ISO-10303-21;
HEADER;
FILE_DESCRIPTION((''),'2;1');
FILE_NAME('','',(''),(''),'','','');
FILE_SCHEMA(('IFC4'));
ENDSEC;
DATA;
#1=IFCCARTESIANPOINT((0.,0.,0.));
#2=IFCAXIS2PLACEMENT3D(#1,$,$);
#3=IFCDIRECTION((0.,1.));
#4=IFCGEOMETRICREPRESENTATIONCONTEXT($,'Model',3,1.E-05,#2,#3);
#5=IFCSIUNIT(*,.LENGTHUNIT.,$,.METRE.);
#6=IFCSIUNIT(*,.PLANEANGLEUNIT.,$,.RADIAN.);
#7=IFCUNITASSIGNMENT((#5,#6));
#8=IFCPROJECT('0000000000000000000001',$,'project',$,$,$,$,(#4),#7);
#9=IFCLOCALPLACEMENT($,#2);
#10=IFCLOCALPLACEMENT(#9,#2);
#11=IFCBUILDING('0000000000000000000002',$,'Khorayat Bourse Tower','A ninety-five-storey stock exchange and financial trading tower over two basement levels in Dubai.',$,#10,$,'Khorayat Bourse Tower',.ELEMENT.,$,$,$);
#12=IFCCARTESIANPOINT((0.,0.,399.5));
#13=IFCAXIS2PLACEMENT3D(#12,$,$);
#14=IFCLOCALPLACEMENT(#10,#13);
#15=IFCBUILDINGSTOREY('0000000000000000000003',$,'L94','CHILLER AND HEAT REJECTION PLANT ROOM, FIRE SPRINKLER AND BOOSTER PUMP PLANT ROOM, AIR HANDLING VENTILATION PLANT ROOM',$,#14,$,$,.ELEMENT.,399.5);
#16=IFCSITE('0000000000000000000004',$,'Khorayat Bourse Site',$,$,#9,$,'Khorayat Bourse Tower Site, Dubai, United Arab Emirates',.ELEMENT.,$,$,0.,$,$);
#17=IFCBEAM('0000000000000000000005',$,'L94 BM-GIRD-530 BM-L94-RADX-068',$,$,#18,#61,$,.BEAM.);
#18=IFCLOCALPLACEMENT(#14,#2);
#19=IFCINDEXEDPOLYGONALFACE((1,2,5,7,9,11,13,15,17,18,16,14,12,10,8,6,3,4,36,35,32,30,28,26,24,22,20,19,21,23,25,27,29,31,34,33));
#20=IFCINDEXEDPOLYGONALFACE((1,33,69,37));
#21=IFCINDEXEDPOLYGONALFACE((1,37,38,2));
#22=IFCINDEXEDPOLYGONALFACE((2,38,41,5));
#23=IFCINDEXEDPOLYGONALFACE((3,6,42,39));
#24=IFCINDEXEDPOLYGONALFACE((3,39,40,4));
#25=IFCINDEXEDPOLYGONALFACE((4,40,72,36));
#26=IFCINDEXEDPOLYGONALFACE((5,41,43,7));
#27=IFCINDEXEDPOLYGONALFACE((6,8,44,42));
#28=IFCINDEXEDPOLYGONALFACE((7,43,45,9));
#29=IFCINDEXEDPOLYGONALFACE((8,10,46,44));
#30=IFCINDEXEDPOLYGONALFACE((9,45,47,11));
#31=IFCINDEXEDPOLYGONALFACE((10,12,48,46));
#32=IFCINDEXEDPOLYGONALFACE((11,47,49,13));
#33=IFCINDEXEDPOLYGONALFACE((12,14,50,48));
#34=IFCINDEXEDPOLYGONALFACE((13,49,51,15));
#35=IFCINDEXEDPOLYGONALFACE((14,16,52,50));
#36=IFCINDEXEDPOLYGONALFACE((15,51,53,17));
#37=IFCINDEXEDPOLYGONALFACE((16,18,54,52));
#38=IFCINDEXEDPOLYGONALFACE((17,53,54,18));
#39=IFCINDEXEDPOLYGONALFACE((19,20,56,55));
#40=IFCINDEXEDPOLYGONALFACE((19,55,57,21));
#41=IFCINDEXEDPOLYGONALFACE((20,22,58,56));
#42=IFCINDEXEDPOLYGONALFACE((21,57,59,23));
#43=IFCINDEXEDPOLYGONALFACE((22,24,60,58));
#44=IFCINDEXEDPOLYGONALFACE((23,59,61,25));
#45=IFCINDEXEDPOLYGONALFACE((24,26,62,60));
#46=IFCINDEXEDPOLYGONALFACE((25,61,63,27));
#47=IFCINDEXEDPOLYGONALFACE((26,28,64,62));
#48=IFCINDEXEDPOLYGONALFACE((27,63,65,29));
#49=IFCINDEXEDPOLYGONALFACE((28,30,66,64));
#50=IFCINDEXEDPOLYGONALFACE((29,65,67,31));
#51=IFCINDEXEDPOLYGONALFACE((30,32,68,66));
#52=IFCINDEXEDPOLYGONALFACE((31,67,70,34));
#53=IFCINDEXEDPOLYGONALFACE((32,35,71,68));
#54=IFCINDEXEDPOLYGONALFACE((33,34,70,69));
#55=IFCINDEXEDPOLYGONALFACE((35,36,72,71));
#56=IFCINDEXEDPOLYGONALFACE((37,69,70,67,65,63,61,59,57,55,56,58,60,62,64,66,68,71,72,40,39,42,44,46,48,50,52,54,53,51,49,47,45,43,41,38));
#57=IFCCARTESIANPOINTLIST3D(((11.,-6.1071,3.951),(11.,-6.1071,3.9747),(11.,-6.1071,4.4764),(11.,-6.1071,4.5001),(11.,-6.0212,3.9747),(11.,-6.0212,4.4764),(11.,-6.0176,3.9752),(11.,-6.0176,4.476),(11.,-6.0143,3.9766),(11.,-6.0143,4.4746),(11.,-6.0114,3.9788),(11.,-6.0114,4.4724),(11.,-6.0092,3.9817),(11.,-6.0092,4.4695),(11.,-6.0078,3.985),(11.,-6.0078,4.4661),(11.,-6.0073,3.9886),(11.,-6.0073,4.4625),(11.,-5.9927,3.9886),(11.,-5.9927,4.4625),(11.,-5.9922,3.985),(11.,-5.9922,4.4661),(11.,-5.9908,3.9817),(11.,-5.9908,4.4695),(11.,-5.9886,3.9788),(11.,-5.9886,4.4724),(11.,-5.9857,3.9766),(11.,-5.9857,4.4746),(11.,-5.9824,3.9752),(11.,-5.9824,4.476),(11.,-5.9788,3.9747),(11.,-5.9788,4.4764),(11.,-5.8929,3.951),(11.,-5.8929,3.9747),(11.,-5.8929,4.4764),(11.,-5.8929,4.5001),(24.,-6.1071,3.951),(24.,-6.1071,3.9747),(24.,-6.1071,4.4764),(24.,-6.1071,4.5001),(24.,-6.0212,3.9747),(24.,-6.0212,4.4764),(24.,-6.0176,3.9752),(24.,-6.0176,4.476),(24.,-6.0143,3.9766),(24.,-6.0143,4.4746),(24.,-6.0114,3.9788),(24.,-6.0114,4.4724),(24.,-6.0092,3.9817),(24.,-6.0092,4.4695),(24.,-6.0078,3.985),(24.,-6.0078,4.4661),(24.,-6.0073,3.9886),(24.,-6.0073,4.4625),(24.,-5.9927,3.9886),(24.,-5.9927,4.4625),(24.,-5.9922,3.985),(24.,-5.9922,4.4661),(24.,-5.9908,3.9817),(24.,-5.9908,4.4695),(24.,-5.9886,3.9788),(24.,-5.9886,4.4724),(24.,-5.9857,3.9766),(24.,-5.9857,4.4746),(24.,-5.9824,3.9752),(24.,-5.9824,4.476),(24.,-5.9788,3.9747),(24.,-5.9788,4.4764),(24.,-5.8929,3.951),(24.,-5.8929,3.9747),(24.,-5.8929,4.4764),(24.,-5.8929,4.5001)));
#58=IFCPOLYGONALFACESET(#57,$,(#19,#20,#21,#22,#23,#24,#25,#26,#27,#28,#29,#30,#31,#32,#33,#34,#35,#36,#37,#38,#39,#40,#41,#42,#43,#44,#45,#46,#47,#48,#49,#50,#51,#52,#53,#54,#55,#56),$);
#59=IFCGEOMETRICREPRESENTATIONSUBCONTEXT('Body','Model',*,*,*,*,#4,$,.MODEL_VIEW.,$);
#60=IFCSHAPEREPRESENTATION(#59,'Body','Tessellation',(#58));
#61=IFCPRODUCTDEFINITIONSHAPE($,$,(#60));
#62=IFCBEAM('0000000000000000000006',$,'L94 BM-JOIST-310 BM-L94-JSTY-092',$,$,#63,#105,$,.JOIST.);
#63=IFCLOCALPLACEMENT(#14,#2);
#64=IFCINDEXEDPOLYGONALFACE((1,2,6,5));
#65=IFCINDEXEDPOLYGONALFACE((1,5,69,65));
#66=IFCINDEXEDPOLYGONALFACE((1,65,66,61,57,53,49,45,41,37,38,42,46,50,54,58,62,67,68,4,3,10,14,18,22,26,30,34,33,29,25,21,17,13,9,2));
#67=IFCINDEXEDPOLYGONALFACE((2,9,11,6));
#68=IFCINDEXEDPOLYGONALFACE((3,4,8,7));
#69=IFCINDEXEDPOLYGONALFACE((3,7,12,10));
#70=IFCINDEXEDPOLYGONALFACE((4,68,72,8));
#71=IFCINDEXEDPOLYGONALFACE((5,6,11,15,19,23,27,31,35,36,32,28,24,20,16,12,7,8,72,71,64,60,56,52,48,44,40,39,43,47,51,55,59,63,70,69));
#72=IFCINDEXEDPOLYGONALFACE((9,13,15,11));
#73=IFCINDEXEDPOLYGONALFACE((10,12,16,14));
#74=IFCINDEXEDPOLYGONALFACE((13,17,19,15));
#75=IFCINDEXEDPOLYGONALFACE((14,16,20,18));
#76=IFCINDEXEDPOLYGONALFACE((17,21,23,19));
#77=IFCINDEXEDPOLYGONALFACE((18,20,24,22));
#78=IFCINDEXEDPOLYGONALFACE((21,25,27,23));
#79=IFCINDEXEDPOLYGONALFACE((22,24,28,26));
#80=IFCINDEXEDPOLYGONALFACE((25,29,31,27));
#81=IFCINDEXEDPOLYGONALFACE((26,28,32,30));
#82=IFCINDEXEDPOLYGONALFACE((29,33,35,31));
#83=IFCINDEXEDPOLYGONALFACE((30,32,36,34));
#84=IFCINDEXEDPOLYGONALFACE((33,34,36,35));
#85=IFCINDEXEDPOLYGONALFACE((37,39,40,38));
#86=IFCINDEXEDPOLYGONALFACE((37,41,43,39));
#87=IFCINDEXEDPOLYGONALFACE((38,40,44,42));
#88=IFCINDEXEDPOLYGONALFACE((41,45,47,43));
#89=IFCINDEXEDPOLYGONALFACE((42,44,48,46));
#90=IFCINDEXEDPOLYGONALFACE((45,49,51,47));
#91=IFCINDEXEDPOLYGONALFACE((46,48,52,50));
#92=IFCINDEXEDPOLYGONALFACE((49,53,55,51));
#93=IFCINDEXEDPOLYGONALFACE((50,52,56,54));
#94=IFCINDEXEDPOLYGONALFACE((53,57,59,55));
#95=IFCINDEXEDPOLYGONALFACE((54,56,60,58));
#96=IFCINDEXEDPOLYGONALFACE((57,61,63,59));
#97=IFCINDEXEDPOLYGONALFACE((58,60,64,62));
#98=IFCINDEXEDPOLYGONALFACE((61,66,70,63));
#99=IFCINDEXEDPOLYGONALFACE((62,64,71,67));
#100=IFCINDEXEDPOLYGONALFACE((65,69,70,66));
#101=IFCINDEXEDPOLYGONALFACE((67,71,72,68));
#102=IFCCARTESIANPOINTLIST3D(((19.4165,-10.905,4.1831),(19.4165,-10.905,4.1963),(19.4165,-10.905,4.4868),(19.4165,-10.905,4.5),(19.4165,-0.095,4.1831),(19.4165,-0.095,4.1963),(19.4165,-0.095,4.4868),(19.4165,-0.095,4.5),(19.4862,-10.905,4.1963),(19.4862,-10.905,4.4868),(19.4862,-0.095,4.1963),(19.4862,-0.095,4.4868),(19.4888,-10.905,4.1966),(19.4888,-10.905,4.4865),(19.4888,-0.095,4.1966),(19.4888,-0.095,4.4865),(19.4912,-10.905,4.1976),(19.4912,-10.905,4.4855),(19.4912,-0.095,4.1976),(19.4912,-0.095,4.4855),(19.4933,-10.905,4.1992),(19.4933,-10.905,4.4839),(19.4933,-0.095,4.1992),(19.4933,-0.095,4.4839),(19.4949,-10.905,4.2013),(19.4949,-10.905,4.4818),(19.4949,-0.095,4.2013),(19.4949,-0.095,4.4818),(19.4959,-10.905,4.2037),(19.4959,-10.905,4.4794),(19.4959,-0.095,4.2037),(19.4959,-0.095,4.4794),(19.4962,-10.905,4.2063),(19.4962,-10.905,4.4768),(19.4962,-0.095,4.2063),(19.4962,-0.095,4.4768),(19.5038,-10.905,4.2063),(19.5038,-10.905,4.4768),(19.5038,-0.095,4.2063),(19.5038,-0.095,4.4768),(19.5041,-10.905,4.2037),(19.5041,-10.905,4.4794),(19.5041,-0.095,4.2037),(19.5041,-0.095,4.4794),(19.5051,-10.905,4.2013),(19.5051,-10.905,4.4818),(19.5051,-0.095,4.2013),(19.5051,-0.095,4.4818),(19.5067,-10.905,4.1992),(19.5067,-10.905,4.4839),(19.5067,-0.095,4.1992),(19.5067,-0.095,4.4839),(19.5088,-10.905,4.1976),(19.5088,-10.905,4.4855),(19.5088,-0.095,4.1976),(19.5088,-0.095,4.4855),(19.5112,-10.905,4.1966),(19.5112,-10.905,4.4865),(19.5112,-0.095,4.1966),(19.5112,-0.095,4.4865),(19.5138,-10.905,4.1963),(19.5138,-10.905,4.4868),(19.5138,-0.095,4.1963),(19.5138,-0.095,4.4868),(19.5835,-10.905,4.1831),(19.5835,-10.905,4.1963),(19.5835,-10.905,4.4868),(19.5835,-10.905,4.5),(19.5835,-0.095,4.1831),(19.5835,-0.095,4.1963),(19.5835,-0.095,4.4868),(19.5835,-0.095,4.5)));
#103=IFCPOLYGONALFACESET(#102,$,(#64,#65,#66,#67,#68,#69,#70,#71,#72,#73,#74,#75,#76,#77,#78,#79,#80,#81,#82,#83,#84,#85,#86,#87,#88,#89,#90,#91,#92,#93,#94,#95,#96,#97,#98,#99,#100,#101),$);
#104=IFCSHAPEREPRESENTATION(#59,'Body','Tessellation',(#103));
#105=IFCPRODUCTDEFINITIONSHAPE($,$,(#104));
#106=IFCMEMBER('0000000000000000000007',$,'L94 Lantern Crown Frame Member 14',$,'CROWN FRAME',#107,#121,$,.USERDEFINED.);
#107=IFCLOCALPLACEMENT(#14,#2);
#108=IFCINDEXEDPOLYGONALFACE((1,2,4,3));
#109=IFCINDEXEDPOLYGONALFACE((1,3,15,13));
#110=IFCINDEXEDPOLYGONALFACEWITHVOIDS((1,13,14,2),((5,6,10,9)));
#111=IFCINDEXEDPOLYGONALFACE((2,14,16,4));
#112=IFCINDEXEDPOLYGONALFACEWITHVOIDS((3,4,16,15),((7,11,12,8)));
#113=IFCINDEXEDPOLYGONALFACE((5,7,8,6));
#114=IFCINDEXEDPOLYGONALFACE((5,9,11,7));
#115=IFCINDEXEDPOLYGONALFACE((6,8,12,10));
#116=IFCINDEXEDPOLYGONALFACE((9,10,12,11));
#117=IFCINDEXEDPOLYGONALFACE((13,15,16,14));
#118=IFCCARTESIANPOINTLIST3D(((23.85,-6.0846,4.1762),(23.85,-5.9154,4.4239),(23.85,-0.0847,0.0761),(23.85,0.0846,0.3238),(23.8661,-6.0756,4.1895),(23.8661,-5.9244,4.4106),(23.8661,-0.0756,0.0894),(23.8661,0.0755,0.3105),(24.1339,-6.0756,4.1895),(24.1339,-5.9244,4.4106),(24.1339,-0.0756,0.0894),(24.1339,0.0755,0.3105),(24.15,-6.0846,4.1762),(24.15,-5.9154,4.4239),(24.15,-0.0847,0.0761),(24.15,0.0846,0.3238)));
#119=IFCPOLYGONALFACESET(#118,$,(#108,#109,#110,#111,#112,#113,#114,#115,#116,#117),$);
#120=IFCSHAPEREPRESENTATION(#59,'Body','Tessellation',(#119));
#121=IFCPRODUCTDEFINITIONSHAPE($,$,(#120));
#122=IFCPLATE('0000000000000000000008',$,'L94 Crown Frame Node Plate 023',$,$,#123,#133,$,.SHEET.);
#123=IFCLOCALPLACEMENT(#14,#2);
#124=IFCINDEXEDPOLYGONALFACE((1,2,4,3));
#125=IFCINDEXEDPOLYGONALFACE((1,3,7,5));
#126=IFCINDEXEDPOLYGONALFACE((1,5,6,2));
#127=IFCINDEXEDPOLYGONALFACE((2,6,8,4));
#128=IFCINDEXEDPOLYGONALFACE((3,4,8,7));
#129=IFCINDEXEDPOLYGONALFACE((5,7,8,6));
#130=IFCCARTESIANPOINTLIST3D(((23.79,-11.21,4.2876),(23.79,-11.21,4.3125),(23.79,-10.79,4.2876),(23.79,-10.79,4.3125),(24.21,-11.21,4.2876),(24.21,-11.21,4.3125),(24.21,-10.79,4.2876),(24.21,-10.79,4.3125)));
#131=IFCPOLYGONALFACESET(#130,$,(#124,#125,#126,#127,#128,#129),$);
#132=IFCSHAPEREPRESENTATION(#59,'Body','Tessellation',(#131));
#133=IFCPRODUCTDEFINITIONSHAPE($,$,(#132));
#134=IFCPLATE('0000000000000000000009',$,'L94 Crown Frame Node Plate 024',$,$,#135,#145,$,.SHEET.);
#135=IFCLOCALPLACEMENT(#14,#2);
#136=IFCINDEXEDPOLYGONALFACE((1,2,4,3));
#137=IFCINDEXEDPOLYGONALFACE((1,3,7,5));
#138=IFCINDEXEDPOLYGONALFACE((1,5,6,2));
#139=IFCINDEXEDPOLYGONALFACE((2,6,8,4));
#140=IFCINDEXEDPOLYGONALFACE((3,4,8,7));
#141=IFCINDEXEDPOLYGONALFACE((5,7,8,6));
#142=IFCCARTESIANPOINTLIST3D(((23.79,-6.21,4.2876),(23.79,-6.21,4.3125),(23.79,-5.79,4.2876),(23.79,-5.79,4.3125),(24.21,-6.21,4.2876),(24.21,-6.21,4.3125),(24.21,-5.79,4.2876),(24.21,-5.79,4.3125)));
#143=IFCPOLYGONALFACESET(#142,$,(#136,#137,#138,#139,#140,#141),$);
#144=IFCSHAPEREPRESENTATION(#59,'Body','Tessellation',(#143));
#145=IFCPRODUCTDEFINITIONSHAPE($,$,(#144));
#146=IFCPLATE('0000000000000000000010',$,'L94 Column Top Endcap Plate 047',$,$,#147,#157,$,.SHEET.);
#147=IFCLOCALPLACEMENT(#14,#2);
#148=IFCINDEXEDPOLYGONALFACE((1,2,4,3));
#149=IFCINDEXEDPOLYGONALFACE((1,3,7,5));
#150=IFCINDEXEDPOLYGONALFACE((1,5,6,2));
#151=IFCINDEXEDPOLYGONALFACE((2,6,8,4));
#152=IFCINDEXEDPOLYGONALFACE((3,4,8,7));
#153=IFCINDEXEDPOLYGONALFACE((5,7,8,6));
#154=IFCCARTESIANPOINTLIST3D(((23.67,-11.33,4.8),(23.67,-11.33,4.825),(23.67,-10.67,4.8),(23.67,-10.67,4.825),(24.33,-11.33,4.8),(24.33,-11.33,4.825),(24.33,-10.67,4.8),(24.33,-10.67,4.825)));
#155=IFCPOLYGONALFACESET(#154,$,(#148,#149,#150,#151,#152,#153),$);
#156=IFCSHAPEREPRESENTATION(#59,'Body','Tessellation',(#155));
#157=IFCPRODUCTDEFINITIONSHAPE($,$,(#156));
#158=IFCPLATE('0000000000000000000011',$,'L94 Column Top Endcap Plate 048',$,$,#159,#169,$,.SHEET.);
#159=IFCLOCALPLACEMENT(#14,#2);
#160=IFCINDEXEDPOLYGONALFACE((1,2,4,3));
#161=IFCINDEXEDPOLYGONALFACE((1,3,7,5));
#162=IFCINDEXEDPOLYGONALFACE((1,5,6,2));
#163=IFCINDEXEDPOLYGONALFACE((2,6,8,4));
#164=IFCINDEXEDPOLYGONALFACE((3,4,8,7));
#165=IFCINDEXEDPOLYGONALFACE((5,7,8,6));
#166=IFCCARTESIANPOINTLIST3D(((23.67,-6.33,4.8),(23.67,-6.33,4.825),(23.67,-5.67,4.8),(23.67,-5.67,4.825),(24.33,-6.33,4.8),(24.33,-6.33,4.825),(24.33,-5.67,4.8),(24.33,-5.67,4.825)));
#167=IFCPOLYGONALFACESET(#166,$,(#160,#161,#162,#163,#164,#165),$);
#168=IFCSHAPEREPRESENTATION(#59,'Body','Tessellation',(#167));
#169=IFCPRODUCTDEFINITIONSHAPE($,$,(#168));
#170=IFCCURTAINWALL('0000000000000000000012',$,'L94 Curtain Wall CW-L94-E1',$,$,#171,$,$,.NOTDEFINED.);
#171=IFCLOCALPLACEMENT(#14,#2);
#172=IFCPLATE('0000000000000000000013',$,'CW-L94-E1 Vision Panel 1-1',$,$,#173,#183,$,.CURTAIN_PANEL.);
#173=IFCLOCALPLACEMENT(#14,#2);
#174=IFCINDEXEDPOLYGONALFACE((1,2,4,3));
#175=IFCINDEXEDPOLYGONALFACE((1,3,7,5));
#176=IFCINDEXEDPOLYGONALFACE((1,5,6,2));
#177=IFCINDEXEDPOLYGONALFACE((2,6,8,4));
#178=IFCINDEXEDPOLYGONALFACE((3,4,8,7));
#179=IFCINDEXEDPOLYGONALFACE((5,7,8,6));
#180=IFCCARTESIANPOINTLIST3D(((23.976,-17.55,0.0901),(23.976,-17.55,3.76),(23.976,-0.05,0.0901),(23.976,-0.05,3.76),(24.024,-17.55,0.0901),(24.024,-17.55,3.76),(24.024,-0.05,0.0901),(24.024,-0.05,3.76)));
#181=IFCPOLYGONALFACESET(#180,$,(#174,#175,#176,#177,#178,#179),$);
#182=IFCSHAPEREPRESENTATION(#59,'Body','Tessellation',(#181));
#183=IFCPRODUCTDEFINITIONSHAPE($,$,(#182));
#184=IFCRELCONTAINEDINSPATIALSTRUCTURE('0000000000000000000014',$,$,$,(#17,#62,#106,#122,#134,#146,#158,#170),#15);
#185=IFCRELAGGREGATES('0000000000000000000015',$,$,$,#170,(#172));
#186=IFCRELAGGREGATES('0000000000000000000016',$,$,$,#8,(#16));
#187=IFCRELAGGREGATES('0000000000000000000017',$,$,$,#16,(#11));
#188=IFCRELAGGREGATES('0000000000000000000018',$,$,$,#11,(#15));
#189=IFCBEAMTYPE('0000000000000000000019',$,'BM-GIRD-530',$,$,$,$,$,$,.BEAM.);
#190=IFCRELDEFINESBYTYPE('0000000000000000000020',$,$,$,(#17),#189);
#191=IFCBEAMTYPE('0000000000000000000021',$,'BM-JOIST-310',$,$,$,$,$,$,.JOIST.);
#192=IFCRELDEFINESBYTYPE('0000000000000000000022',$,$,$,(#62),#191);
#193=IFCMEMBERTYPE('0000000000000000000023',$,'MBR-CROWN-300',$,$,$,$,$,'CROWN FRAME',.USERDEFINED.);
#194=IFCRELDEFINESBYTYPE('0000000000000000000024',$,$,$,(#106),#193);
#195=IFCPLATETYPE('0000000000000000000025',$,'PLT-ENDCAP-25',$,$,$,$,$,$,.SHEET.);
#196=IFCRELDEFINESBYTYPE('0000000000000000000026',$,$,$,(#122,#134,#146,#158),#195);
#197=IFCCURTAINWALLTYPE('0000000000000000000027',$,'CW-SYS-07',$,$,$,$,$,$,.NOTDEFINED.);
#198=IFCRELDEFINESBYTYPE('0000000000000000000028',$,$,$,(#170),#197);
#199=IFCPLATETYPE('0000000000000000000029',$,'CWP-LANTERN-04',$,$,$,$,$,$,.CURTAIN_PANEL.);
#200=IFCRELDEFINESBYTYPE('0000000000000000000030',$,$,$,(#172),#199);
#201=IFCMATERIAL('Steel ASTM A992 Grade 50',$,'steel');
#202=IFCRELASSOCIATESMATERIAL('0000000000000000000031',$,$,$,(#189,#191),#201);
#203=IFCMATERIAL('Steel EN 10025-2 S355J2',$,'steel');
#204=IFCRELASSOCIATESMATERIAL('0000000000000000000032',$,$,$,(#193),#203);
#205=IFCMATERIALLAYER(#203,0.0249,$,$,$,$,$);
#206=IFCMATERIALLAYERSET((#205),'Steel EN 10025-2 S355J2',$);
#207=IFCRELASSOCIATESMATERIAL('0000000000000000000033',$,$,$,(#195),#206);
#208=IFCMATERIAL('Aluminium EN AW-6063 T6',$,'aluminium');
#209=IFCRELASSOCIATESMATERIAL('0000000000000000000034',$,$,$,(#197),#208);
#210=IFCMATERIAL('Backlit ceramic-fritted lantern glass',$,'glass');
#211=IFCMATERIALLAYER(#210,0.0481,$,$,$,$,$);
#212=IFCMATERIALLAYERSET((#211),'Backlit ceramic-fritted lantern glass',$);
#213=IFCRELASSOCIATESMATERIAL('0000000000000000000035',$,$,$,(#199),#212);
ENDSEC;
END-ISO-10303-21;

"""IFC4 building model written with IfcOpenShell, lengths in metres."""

from ifc_helpers import new_model, si_unit, direction, frame, origin, origin_2d, place, context, subcontext, project, spatial, rectangle, hollow_rectangle, i_section, extrude, source, transform, mapped, material, layer, layer_set, material_profile, profile_set, type_object, element, aggregate, save


model = new_model("IFC4")

# Units and contexts
model_context = context("Model", 3, precision=1e-05, world=origin(), true_north=direction((0.0, 1.0)))
body_context = subcontext(model_context, "Body", "Model", "MODEL_VIEW")
ifc_project = project(units=[si_unit("LENGTHUNIT", "METRE"), si_unit("PLANEANGLEUNIT", "RADIAN")], contexts=[model_context])

# Site, building, storey
site_placement = place(None, origin())
site = spatial("IfcSite", under=ifc_project, at=site_placement, Name="Khorayat Bourse Site", LongName="Khorayat Bourse Tower Site, Dubai, United Arab Emirates", CompositionType="ELEMENT", RefElevation=0.0)
building_placement = place(site_placement, origin())
building = spatial("IfcBuilding", under=site, at=building_placement, Name="Khorayat Bourse Tower", Description="A ninety-five-storey stock exchange and financial trading tower over two basement levels in Dubai.", LongName="Khorayat Bourse Tower", CompositionType="ELEMENT")
storey_placement = place(building_placement, frame((0.0, 0.0, 399.5)))
storey = spatial("IfcBuildingStorey", under=building, at=storey_placement, Name="L94", Description="CHILLER AND HEAT REJECTION PLANT ROOM, FIRE SPRINKLER AND BOOSTER PUMP PLANT ROOM, AIR HANDLING VENTILATION PLANT ROOM", CompositionType="ELEMENT", Elevation=399.5)

# Shared definitions
ifc_material_1 = material(Name="Steel EN 10025-2 S355J2", Category="steel")

# Beams
ifc_material_2 = material(Name="Steel ASTM A992 Grade 50", Category="steel")
ifc_material_profile_1 = material_profile(ifc_material_2, i_section(OverallWidth=0.2141, OverallDepth=0.5491, WebThickness=0.0146, FlangeThickness=0.0237, FilletRadius=0.0139, at=origin_2d()), Name="W530X138")
ifc_profile_set_1 = profile_set([ifc_material_profile_1], Name="Steel ASTM A992 Grade 50")
beam_type_1 = type_object("IfcBeamType", Name="BM-GIRD-530", PredefinedType="BEAM", material=ifc_profile_set_1)
shared_shape_1 = source(origin(), body_context, "Body", "SweptSolid", [
    extrude(i_section(OverallWidth=0.2141, OverallDepth=0.5491, WebThickness=0.0146, FlangeThickness=0.0237, FilletRadius=0.0139, at=origin_2d()), origin(), (0.0, 0.0, 1.0), 13.0),
])
beam_1_placement = place(storey_placement, frame((11.0, -6.0, 4.2256), z_axis=(1.0, 0.0, 0.0), x_axis=(0.0, 1.0, 0.0)))
element("IfcBeam", 1, at=beam_1_placement, inside=storey, type_object=beam_type_1, Name="L94 BM-GIRD-530 BM-L94-RADX-068", PredefinedType="BEAM", context=body_context, shape_type="MappedRepresentation", body=[
    mapped(shared_shape_1, transform((0.0, 0.0, 0.0), scale=1.0)),
])
ifc_material_profile_2 = material_profile(ifc_material_2, i_section(OverallWidth=0.167, OverallDepth=0.3169, WebThickness=0.0076, FlangeThickness=0.0132, FilletRadius=0.01, at=origin_2d()), Name="W310X52")
ifc_profile_set_2 = profile_set([ifc_material_profile_2], Name="Steel ASTM A992 Grade 50")
beam_type_2 = type_object("IfcBeamType", Name="BM-JOIST-310", PredefinedType="JOIST", material=ifc_profile_set_2)
shared_shape_2 = source(origin(), body_context, "Body", "SweptSolid", [
    extrude(i_section(OverallWidth=0.167, OverallDepth=0.3169, WebThickness=0.0076, FlangeThickness=0.0132, FilletRadius=0.01, at=origin_2d()), origin(), (0.0, 0.0, 1.0), 10.8101),
])
beam_2_placement = place(storey_placement, frame((19.5, -10.905, 4.3416), z_axis=(0.0, 1.0, 0.0), x_axis=(-1.0, 0.0, 0.0)))
element("IfcBeam", 2, at=beam_2_placement, inside=storey, type_object=beam_type_2, Name="L94 BM-JOIST-310 BM-L94-JSTY-092", PredefinedType="JOIST", context=body_context, shape_type="MappedRepresentation", body=[
    mapped(shared_shape_2, transform((0.0, 0.0, 0.0), scale=1.0)),
])

# Member
ifc_material_profile_3 = material_profile(ifc_material_1, hollow_rectangle(XDim=0.3, YDim=0.3, WallThickness=0.0161, at=origin_2d()), Name="HSS 300x300x16")
ifc_profile_set_3 = profile_set([ifc_material_profile_3], Name="Steel EN 10025-2 S355J2")
member_type = type_object("IfcMemberType", Name="MBR-CROWN-300", ElementType="CROWN FRAME", PredefinedType="USERDEFINED", material=ifc_profile_set_3)
shared_shape_3 = source(origin(), body_context, "Body", "SweptSolid", [
    extrude(hollow_rectangle(XDim=0.3, YDim=0.3, WallThickness=0.0161, at=origin_2d()), origin(), (0.0, 0.0, 1.0), 7.2671),
])
member_placement = place(storey_placement, frame((24.0, -6.0, 4.3), z_axis=(0.0, 0.825638, -0.5642), x_axis=(-1.0, 0.0, 0.0)))
element("IfcMember", 3, at=member_placement, inside=storey, type_object=member_type, Name="L94 Lantern Crown Frame Member 14", ObjectType="CROWN FRAME", PredefinedType="USERDEFINED", context=body_context, shape_type="MappedRepresentation", body=[
    mapped(shared_shape_3, transform((0.0, 0.0, 0.0), scale=1.0)),
])

# Plates
ifc_layer_1 = layer(ifc_material_1, 0.0249)
ifc_layer_set_1 = layer_set([ifc_layer_1], Name="Steel EN 10025-2 S355J2")
plate_type_1 = type_object("IfcPlateType", Name="PLT-ENDCAP-25", PredefinedType="SHEET", material=ifc_layer_set_1)
shared_shape_4 = source(origin(), body_context, "Body", "SweptSolid", [
    extrude(rectangle(XDim=0.4199, YDim=0.4199, at=origin_2d()), origin(), (0.0, 0.0, 1.0), 0.0249),
])
for number, where, z_axis, x_axis, name in (
    (4, (24.0, -11.0, 4.2876), (0.0, 0.0, 1.0), (1.0, 0.0, 0.0), "L94 Crown Frame Node Plate 023"),
    (5, (24.0, -6.0, 4.2876), (0.0, 0.0, 1.0), (1.0, 0.0, 0.0), "L94 Crown Frame Node Plate 024"),
):
    element("IfcPlate", number, at=place(storey_placement, frame(where, z_axis=z_axis, x_axis=x_axis)), inside=storey, type_object=plate_type_1, Name=name, PredefinedType="SHEET", context=body_context, shape_type="MappedRepresentation", body=[
        mapped(shared_shape_4, transform((0.0, 0.0, 0.0), scale=1.0)),
    ])
shared_shape_5 = source(origin(), body_context, "Body", "SweptSolid", [
    extrude(rectangle(XDim=0.6599, YDim=0.6599, at=origin_2d()), origin(), (0.0, 0.0, 1.0), 0.0249),
])
for number, where, z_axis, x_axis, name in (
    (6, (24.0, -11.0, 4.8), (0.0, 0.0, 1.0), (1.0, 0.0, 0.0), "L94 Column Top Endcap Plate 047"),
    (7, (24.0, -6.0, 4.8), (0.0, 0.0, 1.0), (1.0, 0.0, 0.0), "L94 Column Top Endcap Plate 048"),
):
    element("IfcPlate", number, at=place(storey_placement, frame(where, z_axis=z_axis, x_axis=x_axis)), inside=storey, type_object=plate_type_1, Name=name, PredefinedType="SHEET", context=body_context, shape_type="MappedRepresentation", body=[
        mapped(shared_shape_5, transform((0.0, 0.0, 0.0), scale=1.0)),
    ])

# Curtain wall, plate
ifc_material_3 = material(Name="Aluminium EN AW-6063 T6", Category="aluminium")
curtain_wall_type = type_object("IfcCurtainWallType", Name="CW-SYS-07", PredefinedType="NOTDEFINED", material=ifc_material_3)
curtain_wall_placement = place(storey_placement, origin())
curtain_wall = element("IfcCurtainWall", 8, at=curtain_wall_placement, inside=storey, type_object=curtain_wall_type, Name="L94 Curtain Wall CW-L94-E1", PredefinedType="NOTDEFINED")
ifc_material_4 = material(Name="Backlit ceramic-fritted lantern glass", Category="glass")
ifc_layer_2 = layer(ifc_material_4, 0.0481)
ifc_layer_set_2 = layer_set([ifc_layer_2], Name="Backlit ceramic-fritted lantern glass")
plate_type_2 = type_object("IfcPlateType", Name="CWP-LANTERN-04", PredefinedType="CURTAIN_PANEL", material=ifc_layer_set_2)
shared_shape_6 = source(origin(), body_context, "Body", "SweptSolid", [
    extrude(rectangle(XDim=17.5, YDim=0.0481, at=origin_2d()), origin(), (0.0, 0.0, 1.0), 3.6699),
])
plate_placement = place(storey_placement, frame((24.0, -8.8, 0.0901), z_axis=(0.0, 0.0, 1.0), x_axis=(0.0, 1.0, 0.0)))
plate = element("IfcPlate", 9, at=plate_placement, type_object=plate_type_2, Name="CW-L94-E1 Vision Panel 1-1", PredefinedType="CURTAIN_PANEL", context=body_context, shape_type="MappedRepresentation", body=[
    mapped(shared_shape_6, transform((0.0, 0.0, 0.0), scale=1.0)),
])
aggregate(curtain_wall, [plate])

save(model, "model.ifc")
